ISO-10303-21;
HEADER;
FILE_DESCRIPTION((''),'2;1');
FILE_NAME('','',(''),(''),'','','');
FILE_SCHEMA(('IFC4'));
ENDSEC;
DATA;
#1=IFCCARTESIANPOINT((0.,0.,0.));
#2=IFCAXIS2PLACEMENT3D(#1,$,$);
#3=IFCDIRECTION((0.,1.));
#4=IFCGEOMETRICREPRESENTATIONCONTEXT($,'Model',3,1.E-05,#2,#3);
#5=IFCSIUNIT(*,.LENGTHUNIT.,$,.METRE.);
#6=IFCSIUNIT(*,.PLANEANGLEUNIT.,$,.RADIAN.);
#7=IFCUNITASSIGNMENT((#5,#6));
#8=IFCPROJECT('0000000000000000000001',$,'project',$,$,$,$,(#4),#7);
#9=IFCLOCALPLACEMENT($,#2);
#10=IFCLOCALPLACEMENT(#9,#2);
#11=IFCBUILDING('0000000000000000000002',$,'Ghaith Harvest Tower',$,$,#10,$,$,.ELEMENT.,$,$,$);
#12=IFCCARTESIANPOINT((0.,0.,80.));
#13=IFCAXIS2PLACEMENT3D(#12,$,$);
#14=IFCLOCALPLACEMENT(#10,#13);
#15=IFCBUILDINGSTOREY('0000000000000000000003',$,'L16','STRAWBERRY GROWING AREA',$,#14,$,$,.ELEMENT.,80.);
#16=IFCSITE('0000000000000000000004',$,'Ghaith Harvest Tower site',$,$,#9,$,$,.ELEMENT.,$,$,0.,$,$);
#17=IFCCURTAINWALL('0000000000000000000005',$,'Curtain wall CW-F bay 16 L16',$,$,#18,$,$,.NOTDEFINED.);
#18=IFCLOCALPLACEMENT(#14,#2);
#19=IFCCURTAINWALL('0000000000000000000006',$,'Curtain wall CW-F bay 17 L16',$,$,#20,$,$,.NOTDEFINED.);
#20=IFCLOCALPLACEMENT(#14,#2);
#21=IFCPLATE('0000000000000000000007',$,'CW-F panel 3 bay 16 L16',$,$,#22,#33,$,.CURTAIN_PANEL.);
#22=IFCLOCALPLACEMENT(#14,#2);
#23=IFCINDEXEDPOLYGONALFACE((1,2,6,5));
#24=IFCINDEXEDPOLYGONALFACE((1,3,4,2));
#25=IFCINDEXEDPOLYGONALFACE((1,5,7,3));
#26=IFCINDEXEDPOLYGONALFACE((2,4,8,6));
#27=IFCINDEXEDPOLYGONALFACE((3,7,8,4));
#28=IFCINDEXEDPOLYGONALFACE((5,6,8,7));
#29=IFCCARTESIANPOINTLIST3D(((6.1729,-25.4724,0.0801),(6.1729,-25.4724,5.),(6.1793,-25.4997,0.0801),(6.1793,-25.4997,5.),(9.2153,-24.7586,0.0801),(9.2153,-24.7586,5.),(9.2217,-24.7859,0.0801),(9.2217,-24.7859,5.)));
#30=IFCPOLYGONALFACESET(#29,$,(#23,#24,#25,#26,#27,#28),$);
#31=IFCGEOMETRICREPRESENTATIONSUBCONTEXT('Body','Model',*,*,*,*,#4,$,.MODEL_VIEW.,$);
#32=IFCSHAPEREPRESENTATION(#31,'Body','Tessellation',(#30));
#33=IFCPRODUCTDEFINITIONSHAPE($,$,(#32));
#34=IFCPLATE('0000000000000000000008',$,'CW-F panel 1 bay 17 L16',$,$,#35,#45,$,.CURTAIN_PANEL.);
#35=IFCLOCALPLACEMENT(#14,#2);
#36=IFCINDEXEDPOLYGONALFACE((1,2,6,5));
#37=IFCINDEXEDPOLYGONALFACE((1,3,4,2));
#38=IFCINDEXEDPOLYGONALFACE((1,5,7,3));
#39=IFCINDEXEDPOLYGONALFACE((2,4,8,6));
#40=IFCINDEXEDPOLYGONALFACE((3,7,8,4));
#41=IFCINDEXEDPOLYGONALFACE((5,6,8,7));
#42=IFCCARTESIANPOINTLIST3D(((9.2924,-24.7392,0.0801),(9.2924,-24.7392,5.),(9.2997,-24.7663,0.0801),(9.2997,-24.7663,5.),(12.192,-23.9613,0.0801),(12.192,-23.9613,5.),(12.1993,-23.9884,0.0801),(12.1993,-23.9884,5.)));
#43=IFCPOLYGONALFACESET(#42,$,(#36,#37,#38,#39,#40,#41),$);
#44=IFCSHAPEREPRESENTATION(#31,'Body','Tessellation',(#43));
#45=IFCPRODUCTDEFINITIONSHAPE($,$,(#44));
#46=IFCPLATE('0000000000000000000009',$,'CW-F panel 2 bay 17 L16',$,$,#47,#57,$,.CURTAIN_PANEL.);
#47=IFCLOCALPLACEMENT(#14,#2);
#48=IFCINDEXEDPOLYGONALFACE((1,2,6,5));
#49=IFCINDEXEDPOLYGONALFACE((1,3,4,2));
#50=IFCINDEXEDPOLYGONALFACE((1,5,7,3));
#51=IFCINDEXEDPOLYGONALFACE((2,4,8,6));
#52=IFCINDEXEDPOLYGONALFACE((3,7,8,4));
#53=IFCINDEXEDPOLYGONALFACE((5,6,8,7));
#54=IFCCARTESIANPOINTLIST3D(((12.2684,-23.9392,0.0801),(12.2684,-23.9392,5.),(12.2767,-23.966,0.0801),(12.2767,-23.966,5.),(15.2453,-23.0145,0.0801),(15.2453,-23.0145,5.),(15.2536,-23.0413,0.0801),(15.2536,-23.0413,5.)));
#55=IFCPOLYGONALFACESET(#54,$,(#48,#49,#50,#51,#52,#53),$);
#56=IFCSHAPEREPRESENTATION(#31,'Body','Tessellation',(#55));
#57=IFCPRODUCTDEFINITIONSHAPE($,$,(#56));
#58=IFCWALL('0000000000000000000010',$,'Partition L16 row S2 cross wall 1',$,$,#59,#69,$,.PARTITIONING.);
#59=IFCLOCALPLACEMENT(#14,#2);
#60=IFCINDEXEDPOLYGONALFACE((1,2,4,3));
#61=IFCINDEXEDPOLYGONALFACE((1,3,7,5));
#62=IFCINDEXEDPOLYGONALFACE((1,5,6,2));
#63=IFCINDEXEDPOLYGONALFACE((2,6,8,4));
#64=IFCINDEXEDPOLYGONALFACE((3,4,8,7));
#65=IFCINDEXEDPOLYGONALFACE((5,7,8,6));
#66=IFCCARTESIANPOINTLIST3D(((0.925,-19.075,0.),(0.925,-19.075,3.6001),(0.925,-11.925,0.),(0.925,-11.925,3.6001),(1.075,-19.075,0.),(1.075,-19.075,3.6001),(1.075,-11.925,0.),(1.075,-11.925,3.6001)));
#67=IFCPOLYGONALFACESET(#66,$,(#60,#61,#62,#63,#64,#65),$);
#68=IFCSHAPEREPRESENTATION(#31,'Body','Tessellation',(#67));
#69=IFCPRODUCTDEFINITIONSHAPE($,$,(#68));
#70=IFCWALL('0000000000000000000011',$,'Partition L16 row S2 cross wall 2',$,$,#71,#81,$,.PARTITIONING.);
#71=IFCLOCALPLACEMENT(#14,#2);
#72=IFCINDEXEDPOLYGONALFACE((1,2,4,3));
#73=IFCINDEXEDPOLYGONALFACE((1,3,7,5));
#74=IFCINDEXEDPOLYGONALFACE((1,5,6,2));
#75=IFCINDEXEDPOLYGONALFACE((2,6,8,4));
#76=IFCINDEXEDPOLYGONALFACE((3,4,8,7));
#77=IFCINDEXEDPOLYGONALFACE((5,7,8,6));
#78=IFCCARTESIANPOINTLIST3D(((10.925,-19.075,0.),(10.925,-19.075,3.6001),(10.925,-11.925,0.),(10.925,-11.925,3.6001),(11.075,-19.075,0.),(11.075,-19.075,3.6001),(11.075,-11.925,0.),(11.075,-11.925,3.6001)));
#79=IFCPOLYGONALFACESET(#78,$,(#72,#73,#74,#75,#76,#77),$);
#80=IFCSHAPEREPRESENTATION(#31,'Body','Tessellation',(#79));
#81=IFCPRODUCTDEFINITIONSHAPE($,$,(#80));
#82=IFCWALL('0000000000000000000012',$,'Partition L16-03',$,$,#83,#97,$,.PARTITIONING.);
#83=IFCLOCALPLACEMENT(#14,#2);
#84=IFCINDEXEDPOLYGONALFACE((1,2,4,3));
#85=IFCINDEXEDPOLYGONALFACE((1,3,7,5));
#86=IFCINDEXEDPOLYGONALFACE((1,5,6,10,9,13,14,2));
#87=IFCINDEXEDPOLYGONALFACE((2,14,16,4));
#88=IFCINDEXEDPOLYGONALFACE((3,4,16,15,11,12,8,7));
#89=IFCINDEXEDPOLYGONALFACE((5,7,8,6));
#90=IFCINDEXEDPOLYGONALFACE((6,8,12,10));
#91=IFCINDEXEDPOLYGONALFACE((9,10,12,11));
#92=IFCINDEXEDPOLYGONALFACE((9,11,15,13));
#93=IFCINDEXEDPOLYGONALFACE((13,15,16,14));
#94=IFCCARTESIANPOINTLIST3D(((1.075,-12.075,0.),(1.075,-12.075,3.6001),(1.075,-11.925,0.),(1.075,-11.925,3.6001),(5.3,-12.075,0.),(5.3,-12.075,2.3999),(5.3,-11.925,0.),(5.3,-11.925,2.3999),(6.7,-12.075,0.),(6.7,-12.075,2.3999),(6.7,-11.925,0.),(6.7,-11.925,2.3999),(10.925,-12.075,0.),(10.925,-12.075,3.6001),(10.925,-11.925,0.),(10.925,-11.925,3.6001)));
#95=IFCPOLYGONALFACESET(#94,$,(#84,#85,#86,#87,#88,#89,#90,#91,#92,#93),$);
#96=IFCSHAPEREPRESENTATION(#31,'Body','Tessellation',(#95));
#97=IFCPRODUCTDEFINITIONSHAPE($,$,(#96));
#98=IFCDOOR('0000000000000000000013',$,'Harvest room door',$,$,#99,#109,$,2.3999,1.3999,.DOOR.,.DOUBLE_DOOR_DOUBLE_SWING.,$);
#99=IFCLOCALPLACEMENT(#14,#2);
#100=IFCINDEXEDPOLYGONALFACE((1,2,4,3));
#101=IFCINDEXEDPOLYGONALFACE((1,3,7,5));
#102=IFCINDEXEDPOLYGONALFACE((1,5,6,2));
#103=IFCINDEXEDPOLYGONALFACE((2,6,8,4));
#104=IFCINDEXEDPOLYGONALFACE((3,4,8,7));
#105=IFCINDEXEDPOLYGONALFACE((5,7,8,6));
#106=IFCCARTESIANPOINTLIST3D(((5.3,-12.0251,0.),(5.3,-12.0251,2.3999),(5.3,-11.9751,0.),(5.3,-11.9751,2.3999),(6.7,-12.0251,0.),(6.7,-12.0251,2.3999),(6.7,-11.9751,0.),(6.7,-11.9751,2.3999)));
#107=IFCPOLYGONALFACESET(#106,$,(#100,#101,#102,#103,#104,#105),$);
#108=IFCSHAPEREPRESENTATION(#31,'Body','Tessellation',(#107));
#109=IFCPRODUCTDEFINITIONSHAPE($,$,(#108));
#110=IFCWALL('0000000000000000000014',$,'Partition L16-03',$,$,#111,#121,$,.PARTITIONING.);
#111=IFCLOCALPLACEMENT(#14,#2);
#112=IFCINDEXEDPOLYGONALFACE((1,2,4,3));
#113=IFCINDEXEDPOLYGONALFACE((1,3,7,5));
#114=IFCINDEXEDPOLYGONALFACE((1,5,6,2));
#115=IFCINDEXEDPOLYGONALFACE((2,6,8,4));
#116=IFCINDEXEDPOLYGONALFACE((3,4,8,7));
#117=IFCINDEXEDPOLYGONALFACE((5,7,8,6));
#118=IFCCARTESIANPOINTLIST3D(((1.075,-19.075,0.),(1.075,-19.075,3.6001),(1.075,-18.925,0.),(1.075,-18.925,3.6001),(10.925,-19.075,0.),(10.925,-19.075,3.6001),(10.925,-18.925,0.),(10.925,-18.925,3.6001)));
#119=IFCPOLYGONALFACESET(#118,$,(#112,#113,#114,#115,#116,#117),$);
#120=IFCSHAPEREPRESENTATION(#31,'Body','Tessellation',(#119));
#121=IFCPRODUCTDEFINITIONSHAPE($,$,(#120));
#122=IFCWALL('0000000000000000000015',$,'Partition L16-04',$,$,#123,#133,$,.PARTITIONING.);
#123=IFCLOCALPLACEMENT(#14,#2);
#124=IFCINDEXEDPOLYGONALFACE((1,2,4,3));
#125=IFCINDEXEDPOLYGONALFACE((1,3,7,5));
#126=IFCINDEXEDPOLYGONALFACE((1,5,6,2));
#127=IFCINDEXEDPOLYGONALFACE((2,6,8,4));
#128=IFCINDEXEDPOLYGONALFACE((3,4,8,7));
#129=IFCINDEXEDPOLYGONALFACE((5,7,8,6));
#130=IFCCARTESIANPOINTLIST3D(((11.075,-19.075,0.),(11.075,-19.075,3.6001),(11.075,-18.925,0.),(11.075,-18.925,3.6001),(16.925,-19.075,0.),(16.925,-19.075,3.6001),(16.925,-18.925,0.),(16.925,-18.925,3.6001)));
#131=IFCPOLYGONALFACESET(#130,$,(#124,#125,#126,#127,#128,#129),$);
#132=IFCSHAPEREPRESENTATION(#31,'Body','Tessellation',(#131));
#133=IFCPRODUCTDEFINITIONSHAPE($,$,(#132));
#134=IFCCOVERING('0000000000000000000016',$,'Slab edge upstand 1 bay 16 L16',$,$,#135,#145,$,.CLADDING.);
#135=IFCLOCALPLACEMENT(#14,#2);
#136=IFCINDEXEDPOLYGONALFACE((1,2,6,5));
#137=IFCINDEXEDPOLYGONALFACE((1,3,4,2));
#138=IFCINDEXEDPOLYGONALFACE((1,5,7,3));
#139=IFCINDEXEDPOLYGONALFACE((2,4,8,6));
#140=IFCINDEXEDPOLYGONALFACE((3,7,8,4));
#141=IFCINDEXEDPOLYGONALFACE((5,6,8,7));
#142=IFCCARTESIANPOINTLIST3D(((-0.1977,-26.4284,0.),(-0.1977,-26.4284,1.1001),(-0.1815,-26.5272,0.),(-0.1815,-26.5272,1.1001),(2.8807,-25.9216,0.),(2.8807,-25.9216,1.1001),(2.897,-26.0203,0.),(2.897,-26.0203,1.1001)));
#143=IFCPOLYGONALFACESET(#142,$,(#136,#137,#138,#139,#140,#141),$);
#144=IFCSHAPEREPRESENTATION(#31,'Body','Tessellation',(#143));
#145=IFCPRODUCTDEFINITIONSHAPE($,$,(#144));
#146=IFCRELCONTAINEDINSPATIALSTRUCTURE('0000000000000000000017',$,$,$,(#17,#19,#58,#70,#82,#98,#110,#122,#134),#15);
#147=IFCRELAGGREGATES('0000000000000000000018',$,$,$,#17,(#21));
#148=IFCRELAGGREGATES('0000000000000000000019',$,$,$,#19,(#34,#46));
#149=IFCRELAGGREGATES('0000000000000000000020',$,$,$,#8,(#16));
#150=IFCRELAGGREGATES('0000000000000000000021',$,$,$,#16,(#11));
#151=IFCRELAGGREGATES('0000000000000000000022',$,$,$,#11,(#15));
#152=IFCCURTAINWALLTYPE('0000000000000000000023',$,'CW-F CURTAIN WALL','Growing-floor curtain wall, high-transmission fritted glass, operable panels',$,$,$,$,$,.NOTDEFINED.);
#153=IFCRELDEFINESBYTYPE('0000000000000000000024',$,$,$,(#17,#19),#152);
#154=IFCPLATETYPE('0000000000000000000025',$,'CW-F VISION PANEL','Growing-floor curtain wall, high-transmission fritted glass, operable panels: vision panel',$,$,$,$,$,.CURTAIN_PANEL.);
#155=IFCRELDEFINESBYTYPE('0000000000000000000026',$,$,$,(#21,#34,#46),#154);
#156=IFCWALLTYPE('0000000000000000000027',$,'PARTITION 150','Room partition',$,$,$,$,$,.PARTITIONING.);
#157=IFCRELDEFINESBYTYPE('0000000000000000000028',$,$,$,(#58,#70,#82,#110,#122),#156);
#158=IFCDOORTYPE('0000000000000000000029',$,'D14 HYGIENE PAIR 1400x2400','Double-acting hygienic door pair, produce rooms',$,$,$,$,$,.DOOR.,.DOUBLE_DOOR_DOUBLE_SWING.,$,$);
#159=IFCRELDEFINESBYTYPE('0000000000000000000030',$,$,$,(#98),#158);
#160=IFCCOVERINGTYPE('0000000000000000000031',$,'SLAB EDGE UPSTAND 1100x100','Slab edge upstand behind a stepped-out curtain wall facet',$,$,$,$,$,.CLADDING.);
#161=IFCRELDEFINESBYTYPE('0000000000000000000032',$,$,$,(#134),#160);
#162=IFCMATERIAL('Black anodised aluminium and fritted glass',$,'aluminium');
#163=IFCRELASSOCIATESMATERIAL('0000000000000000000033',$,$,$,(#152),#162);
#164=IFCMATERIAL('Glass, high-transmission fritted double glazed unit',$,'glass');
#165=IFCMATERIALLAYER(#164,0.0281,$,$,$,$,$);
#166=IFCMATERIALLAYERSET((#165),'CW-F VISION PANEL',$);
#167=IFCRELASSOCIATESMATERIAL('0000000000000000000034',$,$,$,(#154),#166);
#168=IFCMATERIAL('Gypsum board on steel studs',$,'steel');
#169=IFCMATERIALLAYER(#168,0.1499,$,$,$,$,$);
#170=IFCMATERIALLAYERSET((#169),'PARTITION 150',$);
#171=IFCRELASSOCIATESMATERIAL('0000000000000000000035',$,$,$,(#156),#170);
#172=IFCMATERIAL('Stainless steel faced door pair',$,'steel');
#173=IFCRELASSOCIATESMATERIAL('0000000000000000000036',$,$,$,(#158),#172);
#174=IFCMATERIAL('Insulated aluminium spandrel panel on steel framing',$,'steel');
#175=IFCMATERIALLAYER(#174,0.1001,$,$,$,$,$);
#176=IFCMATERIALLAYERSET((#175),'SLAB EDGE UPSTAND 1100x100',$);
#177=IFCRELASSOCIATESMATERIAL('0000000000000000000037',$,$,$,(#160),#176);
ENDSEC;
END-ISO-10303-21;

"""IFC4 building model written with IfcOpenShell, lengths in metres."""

from ifc_helpers import new_model, si_unit, direction, frame, frame_2d, origin, origin_2d, place, context, subcontext, project, spatial, rectangle, extrude, material, layer, layer_set, type_object, element, fill, aggregate, save


model = new_model("IFC4")

# Units and contexts
model_context = context("Model", 3, precision=1e-05, world=origin(), true_north=direction((0.0, 1.0)))
body_context = subcontext(model_context, "Body", "Model", "MODEL_VIEW")
ifc_project = project(units=[si_unit("LENGTHUNIT", "METRE"), si_unit("PLANEANGLEUNIT", "RADIAN")], contexts=[model_context])

# Site, building, storey
site_placement = place(None, origin())
site = spatial("IfcSite", under=ifc_project, at=site_placement, Name="Ghaith Harvest Tower site", CompositionType="ELEMENT", RefElevation=0.0)
building_placement = place(site_placement, origin())
building = spatial("IfcBuilding", under=site, at=building_placement, Name="Ghaith Harvest Tower", CompositionType="ELEMENT")
storey_placement = place(building_placement, frame((0.0, 0.0, 80.0)))
storey = spatial("IfcBuildingStorey", under=building, at=storey_placement, Name="L16", Description="STRAWBERRY GROWING AREA", CompositionType="ELEMENT", Elevation=80.0)

# Curtain walls
ifc_material_1 = material(Name="Black anodised aluminium and fritted glass", Category="aluminium")
curtain_wall_type = type_object("IfcCurtainWallType", Name="CW-F CURTAIN WALL", Description="Growing-floor curtain wall, high-transmission fritted glass, operable panels", PredefinedType="NOTDEFINED", material=ifc_material_1)
curtain_wall_1_placement = place(storey_placement, origin())
curtain_wall_1 = element("IfcCurtainWall", 1, at=curtain_wall_1_placement, inside=storey, type_object=curtain_wall_type, Name="Curtain wall CW-F bay 16 L16", PredefinedType="NOTDEFINED")
curtain_wall_2_placement = place(storey_placement, origin())
curtain_wall_2 = element("IfcCurtainWall", 2, at=curtain_wall_2_placement, inside=storey, type_object=curtain_wall_type, Name="Curtain wall CW-F bay 17 L16", PredefinedType="NOTDEFINED")

# Plates
ifc_material_2 = material(Name="Glass, high-transmission fritted double glazed unit", Category="glass")
ifc_layer_1 = layer(ifc_material_2, 0.0281)
ifc_layer_set_1 = layer_set([ifc_layer_1], Name="CW-F VISION PANEL")
plate_type = type_object("IfcPlateType", Name="CW-F VISION PANEL", Description="Growing-floor curtain wall, high-transmission fritted glass, operable panels: vision panel", PredefinedType="CURTAIN_PANEL", material=ifc_layer_set_1)
plate_1_placement = place(storey_placement, frame((7.6973, -25.1292, 0.0801), z_axis=(0.0, 0.0, 1.0), x_axis=(0.973565, 0.228411, 0.0)))
plate_1 = element("IfcPlate", 3, at=plate_1_placement, type_object=plate_type, Name="CW-F panel 3 bay 16 L16", PredefinedType="CURTAIN_PANEL", context=body_context, shape_type="SweptSolid", body=[
    extrude(rectangle(XDim=3.125, YDim=0.0281, at=origin_2d()), origin(), (0.0, 0.0, 1.0), 4.9199),
])
aggregate(curtain_wall_1, [plate_1])
plate_2_placement = place(storey_placement, frame((10.7458, -24.3638, 0.0801), z_axis=(0.0, 0.0, 1.0), x_axis=(0.965848, 0.259108, 0.0)))
plate_2 = element("IfcPlate", 4, at=plate_2_placement, type_object=plate_type, Name="CW-F panel 1 bay 17 L16", PredefinedType="CURTAIN_PANEL", context=body_context, shape_type="SweptSolid", body=[
    extrude(rectangle(XDim=3.0022, YDim=0.0281, at=origin_2d()), origin(), (0.0, 0.0, 1.0), 4.9199),
])
plate_3_placement = place(storey_placement, frame((13.761, -23.4902, 0.0801), z_axis=(0.0, 0.0, 1.0), x_axis=(0.954988, 0.296644, 0.0)))
plate_3 = element("IfcPlate", 5, at=plate_3_placement, type_object=plate_type, Name="CW-F panel 2 bay 17 L16", PredefinedType="CURTAIN_PANEL", context=body_context, shape_type="SweptSolid", body=[
    extrude(rectangle(XDim=3.1172, YDim=0.0281, at=origin_2d()), origin(), (0.0, 0.0, 1.0), 4.9199),
])
aggregate(curtain_wall_2, [plate_2, plate_3])

# Walls
ifc_material_3 = material(Name="Gypsum board on steel studs", Category="steel")
ifc_layer_2 = layer(ifc_material_3, 0.1499)
ifc_layer_set_2 = layer_set([ifc_layer_2], Name="PARTITION 150")
wall_type = type_object("IfcWallType", Name="PARTITION 150", Description="Room partition", PredefinedType="PARTITIONING", material=ifc_layer_set_2)
for number, where, z_axis, x_axis, name in (
    (6, (1.0, -11.925, 0.0), (0.0, 0.0, 1.0), (0.0, -1.0, 0.0), "Partition L16 row S2 cross wall 1"),
    (7, (11.0, -11.925, 0.0), (0.0, 0.0, 1.0), (0.0, -1.0, 0.0), "Partition L16 row S2 cross wall 2"),
):
    element("IfcWall", number, at=place(storey_placement, frame(where, z_axis=z_axis, x_axis=x_axis)), inside=storey, type_object=wall_type, Name=name, PredefinedType="PARTITIONING", context=body_context, shape_type="SweptSolid", body=[
        extrude(rectangle(XDim=7.1499, YDim=0.1499, at=frame_2d((3.575, 0.0))), origin(), (0.0, 0.0, 1.0), 3.6001),
    ])

# Wall, opening, door
wall_1_placement = place(storey_placement, frame((1.075, -12.0, 0.0), z_axis=(0.0, 0.0, 1.0), x_axis=(1.0, 0.0, 0.0)))
wall_1 = element("IfcWall", 8, at=wall_1_placement, inside=storey, type_object=wall_type, Name="Partition L16-03", PredefinedType="PARTITIONING", context=body_context, shape_type="SweptSolid", body=[
    extrude(rectangle(XDim=9.8501, YDim=0.1499, at=frame_2d((4.925, 0.0))), origin(), (0.0, 0.0, 1.0), 3.6001),
])
opening_1_placement = place(wall_1_placement, frame((4.2251, 0.0, 0.0)))
opening_1 = element("IfcOpeningElement", 9, at=opening_1_placement, cuts=wall_1, PredefinedType="OPENING", context=body_context, shape_type="SweptSolid", body=[
    extrude(rectangle(XDim=1.3999, YDim=2.3999, at=frame_2d((0.7, 1.2))), frame((0.0, 0.085, 0.0), z_axis=(0.0, -1.0, 0.0), x_axis=(1.0, 0.0, 0.0)), (0.0, 0.0, 1.0), 0.1699),
])
ifc_material_4 = material(Name="Stainless steel faced door pair", Category="steel")
door_type = type_object("IfcDoorType", Name="D14 HYGIENE PAIR 1400x2400", Description="Double-acting hygienic door pair, produce rooms", OperationType="DOUBLE_DOOR_DOUBLE_SWING", PredefinedType="DOOR", material=ifc_material_4)
door_1_placement = place(opening_1_placement, origin())
door_1 = element("IfcDoor", 10, at=door_1_placement, inside=storey, type_object=door_type, Name="Harvest room door", OperationType="DOUBLE_DOOR_DOUBLE_SWING", OverallHeight=2.3999, OverallWidth=1.3999, PredefinedType="DOOR", context=body_context, shape_type="SweptSolid", body=[
    extrude(rectangle(XDim=1.3999, YDim=2.3999, at=frame_2d((0.7, 1.2))), frame((0.0, 0.0249, 0.0), z_axis=(0.0, -1.0, 0.0), x_axis=(1.0, 0.0, 0.0)), (0.0, 0.0, 1.0), 0.05),
])
fill(opening_1, door_1)

# Wall
wall_2_placement = place(storey_placement, frame((1.075, -19.0, 0.0), z_axis=(0.0, 0.0, 1.0), x_axis=(1.0, 0.0, 0.0)))
element("IfcWall", 11, at=wall_2_placement, inside=storey, type_object=wall_type, Name="Partition L16-03", PredefinedType="PARTITIONING", context=body_context, shape_type="SweptSolid", body=[
    extrude(rectangle(XDim=9.8501, YDim=0.1499, at=frame_2d((4.925, 0.0))), origin(), (0.0, 0.0, 1.0), 3.6001),
])

# Wall
wall_3_placement = place(storey_placement, frame((11.075, -19.0, 0.0), z_axis=(0.0, 0.0, 1.0), x_axis=(1.0, 0.0, 0.0)))
element("IfcWall", 12, at=wall_3_placement, inside=storey, type_object=wall_type, Name="Partition L16-04", PredefinedType="PARTITIONING", context=body_context, shape_type="SweptSolid", body=[
    extrude(rectangle(XDim=5.8501, YDim=0.1499, at=frame_2d((2.925, 0.0))), origin(), (0.0, 0.0, 1.0), 3.6001),
])

# Covering
ifc_material_5 = material(Name="Insulated aluminium spandrel panel on steel framing", Category="steel")
ifc_layer_3 = layer(ifc_material_5, 0.1001)
ifc_layer_set_3 = layer_set([ifc_layer_3], Name="SLAB EDGE UPSTAND 1100x100")
covering_type = type_object("IfcCoveringType", Name="SLAB EDGE UPSTAND 1100x100", Description="Slab edge upstand behind a stepped-out curtain wall facet", PredefinedType="CLADDING", material=ifc_layer_set_3)
covering_placement = place(storey_placement, frame((1.3496, -26.2244, 0.0), z_axis=(0.0, 0.0, 1.0), x_axis=(0.986716, 0.162453, 0.0)))
element("IfcCovering", 13, at=covering_placement, inside=storey, type_object=covering_type, Name="Slab edge upstand 1 bay 16 L16", PredefinedType="CLADDING", context=body_context, shape_type="SweptSolid", body=[
    extrude(rectangle(XDim=3.1199, YDim=0.1001, at=origin_2d()), origin(), (0.0, 0.0, 1.0), 1.1001),
])

save(model, "model.ifc")
